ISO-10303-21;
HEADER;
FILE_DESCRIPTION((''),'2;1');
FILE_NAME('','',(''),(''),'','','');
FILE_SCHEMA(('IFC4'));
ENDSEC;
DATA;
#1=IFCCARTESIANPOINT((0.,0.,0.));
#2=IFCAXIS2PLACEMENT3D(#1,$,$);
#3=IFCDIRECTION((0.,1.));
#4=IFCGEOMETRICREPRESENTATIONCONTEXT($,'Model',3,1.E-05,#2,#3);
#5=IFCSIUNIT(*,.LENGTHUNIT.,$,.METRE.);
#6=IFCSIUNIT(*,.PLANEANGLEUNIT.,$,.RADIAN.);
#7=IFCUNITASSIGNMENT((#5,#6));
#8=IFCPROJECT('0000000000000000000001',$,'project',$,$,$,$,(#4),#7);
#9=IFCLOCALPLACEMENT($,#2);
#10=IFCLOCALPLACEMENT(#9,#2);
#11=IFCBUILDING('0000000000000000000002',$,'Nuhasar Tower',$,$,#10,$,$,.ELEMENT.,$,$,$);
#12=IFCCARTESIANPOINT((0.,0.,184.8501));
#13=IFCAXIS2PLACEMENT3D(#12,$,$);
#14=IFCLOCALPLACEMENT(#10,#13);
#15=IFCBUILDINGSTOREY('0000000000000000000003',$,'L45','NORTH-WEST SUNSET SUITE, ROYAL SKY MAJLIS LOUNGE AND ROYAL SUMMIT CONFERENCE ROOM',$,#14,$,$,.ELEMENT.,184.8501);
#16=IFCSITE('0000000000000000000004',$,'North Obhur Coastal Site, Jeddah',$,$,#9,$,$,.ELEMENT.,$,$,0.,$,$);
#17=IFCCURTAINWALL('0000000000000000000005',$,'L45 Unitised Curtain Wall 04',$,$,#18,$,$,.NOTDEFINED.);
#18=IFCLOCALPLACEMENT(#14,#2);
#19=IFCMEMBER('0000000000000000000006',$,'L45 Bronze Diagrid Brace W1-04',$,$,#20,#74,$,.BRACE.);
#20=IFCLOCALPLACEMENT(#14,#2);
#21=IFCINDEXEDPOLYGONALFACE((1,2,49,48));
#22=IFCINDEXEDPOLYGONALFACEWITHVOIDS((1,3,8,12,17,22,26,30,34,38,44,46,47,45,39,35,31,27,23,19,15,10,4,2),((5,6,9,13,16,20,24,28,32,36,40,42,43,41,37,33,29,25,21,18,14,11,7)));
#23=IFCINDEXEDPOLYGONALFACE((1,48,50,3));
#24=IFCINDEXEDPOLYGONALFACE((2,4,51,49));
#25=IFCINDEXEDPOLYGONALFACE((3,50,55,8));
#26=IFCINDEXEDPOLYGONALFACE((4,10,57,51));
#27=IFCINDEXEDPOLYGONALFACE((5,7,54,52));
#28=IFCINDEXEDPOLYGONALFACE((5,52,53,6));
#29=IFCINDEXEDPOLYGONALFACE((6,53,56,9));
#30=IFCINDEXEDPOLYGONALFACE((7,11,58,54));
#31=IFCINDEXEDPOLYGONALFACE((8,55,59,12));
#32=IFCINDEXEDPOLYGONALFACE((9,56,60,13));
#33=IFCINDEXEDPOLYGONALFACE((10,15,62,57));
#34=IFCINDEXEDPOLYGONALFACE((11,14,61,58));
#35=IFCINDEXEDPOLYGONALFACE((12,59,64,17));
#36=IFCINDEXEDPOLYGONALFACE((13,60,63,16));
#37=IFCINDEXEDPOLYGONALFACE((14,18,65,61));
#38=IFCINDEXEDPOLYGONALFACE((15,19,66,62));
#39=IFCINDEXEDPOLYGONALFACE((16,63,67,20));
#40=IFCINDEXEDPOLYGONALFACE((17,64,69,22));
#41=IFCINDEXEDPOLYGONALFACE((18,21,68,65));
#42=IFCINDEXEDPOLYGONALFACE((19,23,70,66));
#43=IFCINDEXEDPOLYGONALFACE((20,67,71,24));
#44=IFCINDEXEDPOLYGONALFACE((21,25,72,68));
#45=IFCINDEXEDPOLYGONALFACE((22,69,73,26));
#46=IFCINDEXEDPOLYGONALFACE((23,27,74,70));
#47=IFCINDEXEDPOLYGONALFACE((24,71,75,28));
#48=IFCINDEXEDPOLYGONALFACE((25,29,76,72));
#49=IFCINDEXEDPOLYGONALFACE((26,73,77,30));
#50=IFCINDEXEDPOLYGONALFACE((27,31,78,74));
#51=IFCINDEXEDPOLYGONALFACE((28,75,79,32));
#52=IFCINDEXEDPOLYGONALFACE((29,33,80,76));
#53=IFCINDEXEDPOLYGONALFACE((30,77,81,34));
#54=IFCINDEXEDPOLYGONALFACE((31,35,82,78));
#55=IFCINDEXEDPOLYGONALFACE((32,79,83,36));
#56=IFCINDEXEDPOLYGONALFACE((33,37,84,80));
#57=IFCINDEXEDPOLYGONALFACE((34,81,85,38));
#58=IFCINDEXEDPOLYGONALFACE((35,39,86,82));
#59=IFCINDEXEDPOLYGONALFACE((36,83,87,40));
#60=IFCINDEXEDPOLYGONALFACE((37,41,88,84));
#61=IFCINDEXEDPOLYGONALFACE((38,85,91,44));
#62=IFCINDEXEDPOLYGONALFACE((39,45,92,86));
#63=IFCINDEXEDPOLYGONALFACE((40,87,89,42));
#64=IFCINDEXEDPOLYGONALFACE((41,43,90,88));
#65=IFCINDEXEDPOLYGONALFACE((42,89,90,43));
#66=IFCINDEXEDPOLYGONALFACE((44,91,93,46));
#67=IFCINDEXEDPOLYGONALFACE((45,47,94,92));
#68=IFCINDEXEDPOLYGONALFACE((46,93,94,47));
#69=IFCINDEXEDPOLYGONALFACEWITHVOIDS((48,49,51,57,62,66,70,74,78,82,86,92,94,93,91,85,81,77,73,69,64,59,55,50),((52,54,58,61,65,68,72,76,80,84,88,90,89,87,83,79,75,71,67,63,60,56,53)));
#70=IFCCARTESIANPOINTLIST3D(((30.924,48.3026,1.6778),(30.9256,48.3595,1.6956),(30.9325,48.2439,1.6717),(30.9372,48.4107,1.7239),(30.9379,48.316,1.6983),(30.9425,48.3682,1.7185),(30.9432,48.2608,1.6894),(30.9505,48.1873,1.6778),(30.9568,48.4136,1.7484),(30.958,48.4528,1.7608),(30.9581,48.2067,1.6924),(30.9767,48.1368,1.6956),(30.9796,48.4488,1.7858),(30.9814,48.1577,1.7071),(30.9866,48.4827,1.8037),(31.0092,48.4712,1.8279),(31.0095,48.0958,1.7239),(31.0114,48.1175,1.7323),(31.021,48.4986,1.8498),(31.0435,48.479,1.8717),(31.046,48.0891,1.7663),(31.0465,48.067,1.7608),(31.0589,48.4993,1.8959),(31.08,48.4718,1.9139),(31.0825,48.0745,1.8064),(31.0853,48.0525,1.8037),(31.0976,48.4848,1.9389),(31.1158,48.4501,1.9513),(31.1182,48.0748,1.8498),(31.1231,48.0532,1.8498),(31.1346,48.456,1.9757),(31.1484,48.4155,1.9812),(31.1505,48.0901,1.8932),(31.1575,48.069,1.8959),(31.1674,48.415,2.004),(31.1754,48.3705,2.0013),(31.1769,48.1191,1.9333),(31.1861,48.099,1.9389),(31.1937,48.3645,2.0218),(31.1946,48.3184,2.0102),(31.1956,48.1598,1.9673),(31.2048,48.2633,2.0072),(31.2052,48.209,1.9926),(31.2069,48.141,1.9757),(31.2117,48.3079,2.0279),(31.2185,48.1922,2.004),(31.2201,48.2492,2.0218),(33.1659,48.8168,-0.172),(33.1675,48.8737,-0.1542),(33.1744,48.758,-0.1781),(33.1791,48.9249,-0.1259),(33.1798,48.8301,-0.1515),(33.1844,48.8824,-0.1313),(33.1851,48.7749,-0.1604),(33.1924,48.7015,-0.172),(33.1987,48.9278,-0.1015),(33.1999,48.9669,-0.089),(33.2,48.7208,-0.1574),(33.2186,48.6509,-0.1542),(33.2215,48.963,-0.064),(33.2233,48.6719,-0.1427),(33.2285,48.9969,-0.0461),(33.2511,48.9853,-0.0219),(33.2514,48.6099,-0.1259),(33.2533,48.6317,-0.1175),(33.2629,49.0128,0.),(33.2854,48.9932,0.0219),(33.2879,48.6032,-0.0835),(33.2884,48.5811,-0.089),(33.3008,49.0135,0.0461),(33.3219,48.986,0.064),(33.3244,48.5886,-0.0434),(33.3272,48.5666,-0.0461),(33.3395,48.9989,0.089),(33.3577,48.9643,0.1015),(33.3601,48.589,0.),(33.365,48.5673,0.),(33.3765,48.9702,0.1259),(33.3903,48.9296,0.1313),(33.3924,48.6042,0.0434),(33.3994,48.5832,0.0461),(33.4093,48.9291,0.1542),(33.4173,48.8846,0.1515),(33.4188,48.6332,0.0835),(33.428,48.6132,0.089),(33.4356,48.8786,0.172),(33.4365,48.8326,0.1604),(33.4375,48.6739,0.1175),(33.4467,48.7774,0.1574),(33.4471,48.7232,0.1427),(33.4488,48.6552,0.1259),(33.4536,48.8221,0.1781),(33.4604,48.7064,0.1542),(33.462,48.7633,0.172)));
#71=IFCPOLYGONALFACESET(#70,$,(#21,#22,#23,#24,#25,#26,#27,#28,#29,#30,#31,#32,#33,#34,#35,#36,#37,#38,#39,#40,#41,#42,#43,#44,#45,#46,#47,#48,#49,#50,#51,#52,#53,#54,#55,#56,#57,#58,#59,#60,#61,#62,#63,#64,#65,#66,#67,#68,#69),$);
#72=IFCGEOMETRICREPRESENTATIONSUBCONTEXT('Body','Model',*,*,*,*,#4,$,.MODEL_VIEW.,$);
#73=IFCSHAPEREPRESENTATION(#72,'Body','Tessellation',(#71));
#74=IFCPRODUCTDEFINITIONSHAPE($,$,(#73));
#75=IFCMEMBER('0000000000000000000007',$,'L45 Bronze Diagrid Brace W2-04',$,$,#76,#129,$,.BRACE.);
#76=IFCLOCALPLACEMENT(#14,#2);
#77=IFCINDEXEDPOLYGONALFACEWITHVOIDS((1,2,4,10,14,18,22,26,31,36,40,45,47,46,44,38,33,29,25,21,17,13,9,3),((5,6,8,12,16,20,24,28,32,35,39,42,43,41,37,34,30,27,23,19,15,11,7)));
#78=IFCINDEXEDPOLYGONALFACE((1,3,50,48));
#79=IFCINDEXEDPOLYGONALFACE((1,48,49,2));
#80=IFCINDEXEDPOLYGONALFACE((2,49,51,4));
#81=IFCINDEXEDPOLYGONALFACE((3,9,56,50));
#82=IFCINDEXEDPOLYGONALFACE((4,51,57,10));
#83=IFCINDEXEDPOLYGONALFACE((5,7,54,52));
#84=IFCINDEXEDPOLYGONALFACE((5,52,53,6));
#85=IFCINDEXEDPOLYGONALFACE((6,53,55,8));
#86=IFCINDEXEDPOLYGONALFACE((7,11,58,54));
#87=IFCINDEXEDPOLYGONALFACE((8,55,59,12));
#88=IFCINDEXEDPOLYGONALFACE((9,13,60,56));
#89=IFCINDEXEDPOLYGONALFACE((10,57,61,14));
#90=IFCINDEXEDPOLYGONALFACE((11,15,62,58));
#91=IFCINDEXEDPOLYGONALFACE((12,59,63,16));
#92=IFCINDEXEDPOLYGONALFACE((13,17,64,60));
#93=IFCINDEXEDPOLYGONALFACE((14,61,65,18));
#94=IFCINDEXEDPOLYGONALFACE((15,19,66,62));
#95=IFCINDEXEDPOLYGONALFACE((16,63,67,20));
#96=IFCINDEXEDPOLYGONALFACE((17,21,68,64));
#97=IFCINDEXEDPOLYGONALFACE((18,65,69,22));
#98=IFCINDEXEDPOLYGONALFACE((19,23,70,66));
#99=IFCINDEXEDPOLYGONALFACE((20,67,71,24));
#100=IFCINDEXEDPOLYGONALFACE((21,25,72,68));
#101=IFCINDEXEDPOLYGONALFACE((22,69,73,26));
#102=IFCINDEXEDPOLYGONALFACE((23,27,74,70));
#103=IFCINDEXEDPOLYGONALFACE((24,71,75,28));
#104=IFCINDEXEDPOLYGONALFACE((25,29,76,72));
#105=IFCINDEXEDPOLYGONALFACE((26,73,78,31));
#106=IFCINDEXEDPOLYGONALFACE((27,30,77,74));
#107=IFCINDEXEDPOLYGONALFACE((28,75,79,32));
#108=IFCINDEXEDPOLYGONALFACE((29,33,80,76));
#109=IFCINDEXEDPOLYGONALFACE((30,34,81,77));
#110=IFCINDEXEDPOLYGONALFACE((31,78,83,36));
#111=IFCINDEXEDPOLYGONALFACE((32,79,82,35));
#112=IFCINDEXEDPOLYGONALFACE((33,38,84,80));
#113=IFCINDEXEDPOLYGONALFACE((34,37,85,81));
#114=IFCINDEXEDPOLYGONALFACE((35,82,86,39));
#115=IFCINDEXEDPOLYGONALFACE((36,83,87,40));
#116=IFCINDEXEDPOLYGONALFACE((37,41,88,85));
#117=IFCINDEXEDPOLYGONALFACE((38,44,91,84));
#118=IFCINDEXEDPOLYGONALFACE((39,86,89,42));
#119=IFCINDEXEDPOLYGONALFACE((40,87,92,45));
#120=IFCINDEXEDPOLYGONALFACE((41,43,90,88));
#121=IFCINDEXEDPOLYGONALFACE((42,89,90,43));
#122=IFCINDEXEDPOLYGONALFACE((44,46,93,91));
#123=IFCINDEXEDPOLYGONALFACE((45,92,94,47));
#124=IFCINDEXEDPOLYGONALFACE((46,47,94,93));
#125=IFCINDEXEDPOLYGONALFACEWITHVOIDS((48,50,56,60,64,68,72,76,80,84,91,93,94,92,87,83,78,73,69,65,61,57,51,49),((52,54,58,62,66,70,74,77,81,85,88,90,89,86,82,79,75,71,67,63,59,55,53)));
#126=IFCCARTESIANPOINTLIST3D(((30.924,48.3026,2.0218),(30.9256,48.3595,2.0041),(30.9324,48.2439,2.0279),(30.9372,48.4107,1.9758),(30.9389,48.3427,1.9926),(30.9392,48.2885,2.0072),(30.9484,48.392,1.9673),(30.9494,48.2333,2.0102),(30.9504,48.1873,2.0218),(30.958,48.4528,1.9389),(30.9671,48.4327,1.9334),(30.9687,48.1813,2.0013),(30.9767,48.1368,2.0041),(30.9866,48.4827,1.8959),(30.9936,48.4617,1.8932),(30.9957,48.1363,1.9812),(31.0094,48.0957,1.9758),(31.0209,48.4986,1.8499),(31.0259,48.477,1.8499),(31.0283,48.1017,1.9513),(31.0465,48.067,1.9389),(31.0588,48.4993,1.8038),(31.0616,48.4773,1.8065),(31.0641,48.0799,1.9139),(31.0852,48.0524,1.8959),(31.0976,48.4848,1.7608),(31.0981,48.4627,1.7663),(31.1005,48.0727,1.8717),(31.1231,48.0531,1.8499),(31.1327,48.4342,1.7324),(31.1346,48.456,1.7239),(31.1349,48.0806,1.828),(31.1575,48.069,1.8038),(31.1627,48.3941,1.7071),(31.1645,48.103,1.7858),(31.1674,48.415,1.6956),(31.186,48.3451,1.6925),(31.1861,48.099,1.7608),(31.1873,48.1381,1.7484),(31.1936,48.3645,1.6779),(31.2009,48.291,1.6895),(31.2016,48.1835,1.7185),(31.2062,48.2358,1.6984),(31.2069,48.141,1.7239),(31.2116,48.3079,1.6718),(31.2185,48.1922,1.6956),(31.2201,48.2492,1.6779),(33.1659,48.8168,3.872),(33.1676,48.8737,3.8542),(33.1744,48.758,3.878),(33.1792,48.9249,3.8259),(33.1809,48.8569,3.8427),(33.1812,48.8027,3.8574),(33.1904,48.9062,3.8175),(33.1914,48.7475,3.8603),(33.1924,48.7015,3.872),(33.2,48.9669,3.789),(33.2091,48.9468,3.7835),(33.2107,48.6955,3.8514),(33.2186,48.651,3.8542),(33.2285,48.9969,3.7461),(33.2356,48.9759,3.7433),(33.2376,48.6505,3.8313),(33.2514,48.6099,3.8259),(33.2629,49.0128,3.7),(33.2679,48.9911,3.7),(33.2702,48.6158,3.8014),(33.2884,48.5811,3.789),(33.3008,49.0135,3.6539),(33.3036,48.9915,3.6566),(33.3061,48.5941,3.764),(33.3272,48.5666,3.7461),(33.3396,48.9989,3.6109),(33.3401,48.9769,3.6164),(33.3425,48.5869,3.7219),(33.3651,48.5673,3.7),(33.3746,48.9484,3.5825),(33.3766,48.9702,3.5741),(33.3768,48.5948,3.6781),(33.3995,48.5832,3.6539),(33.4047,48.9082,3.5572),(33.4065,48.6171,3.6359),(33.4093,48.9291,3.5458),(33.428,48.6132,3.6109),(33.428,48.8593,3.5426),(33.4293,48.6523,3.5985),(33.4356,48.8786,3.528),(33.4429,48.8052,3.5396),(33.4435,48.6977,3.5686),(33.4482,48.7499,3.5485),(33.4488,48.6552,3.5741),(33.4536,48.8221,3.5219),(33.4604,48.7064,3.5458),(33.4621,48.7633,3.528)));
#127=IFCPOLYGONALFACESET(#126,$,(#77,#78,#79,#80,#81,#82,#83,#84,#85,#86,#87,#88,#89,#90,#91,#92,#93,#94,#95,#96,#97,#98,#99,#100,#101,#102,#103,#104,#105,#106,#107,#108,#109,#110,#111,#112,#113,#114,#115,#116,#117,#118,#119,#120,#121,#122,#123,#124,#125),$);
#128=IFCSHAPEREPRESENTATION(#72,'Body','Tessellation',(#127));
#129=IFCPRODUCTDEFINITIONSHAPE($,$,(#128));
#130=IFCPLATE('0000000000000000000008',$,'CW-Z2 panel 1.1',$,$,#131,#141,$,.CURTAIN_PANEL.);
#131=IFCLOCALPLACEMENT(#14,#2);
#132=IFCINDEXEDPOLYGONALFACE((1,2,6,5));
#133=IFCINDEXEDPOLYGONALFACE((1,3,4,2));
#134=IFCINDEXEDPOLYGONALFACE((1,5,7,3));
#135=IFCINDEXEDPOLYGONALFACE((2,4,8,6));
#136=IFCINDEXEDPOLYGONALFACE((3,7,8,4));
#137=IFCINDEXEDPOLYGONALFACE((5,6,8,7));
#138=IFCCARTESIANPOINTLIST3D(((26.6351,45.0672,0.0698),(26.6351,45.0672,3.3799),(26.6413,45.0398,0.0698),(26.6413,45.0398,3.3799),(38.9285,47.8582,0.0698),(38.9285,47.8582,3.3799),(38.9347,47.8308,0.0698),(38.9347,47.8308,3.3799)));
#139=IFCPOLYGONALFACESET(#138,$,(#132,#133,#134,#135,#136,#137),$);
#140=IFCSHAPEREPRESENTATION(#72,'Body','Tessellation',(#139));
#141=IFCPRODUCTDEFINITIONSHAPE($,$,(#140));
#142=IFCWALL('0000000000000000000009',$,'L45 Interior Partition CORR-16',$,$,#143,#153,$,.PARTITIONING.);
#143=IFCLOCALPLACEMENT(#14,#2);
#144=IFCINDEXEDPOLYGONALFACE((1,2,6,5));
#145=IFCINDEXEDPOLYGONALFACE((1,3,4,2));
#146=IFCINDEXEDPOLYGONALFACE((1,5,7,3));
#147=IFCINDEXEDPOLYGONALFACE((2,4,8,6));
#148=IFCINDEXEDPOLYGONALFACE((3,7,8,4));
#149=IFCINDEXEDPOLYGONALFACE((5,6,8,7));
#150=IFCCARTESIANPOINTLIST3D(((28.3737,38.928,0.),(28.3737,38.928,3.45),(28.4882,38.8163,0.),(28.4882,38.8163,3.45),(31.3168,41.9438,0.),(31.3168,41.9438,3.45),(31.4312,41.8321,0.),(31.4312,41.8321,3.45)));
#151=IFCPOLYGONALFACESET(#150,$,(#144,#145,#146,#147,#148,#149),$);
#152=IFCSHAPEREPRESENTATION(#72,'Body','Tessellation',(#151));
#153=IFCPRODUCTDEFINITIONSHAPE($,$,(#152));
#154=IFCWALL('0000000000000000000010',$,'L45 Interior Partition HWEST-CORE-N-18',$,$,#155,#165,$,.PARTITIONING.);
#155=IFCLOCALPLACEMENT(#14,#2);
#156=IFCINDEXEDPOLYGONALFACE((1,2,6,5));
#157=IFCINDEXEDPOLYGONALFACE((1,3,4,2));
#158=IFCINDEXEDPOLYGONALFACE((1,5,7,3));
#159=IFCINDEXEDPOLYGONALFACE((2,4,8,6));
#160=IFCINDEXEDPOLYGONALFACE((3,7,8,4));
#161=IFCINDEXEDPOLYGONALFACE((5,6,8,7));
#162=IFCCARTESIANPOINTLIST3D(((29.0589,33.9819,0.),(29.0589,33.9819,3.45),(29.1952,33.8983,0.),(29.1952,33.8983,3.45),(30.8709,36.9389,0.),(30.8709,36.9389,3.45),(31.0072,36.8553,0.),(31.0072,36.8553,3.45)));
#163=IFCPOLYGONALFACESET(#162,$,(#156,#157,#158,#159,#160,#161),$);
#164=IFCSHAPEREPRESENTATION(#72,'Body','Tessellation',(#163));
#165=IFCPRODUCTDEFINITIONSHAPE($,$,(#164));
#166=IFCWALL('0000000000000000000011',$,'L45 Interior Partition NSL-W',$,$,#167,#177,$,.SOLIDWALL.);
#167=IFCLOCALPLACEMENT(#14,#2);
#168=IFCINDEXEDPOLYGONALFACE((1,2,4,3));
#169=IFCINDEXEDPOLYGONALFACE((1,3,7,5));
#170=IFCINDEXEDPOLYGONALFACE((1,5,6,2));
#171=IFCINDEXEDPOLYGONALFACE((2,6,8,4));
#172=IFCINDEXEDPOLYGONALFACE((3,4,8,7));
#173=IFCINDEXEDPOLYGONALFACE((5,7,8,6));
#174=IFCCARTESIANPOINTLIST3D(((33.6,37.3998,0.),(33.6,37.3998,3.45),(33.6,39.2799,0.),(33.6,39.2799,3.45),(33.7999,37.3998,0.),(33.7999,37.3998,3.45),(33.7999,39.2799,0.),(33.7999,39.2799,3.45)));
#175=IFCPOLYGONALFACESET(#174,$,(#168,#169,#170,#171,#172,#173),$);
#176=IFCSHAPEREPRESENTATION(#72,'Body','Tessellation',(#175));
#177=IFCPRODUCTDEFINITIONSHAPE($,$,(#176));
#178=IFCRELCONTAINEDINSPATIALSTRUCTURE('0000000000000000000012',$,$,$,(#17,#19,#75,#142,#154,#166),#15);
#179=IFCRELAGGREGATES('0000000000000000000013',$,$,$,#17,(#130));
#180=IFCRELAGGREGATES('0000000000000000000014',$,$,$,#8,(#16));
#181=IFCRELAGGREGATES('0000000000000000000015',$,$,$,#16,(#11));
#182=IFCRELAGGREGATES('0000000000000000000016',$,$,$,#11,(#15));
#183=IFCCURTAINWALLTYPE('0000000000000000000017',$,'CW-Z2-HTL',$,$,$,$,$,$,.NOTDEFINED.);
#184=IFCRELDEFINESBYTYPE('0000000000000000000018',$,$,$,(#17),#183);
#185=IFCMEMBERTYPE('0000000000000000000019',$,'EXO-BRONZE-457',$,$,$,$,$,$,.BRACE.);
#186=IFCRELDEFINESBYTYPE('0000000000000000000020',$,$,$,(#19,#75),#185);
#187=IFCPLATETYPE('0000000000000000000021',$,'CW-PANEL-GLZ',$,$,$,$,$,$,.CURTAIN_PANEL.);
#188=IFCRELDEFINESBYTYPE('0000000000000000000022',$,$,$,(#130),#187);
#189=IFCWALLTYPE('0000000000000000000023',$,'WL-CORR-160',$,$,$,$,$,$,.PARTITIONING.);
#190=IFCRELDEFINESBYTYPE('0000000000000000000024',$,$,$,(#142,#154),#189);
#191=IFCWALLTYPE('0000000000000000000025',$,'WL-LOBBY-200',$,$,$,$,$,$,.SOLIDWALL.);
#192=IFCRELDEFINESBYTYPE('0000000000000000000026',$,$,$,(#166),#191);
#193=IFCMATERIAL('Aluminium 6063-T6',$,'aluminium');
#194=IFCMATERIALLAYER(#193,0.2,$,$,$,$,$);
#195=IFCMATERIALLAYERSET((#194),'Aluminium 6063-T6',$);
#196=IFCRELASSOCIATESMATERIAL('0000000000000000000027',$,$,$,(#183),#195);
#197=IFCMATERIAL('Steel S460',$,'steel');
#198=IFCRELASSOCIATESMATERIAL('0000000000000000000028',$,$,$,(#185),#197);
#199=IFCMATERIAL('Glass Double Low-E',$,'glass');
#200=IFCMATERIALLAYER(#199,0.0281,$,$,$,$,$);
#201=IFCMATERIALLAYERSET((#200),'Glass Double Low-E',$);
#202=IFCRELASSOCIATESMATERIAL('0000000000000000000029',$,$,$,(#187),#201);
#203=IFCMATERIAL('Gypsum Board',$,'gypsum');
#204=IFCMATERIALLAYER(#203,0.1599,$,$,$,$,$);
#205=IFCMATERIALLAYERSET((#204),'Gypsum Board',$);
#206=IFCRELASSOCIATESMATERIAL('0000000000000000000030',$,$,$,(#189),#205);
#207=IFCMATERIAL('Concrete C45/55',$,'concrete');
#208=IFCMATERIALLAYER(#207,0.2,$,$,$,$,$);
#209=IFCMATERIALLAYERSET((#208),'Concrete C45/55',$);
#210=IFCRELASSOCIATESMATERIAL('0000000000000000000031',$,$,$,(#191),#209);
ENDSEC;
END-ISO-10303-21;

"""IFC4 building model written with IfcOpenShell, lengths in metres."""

from ifc_helpers import new_model, si_unit, direction, frame, frame_2d, origin, origin_2d, place, context, subcontext, project, spatial, rectangle, hollow_circle, extrude, material, layer, layer_set, material_profile, profile_set, type_object, element, aggregate, save


model = new_model("IFC4")

# Units and contexts
model_context = context("Model", 3, precision=1e-05, world=origin(), true_north=direction((0.0, 1.0)))
body_context = subcontext(model_context, "Body", "Model", "MODEL_VIEW")
ifc_project = project(units=[si_unit("LENGTHUNIT", "METRE"), si_unit("PLANEANGLEUNIT", "RADIAN")], contexts=[model_context])

# Site, building, storey
site_placement = place(None, origin())
site = spatial("IfcSite", under=ifc_project, at=site_placement, Name="North Obhur Coastal Site, Jeddah", CompositionType="ELEMENT", RefElevation=0.0)
building_placement = place(site_placement, origin())
building = spatial("IfcBuilding", under=site, at=building_placement, Name="Nuhasar Tower", CompositionType="ELEMENT")
storey_placement = place(building_placement, frame((0.0, 0.0, 184.8501)))
storey = spatial("IfcBuildingStorey", under=building, at=storey_placement, Name="L45", Description="NORTH-WEST SUNSET SUITE, ROYAL SKY MAJLIS LOUNGE AND ROYAL SUMMIT CONFERENCE ROOM", CompositionType="ELEMENT", Elevation=184.8501)

# Curtain wall
ifc_material_1 = material(Name="Aluminium 6063-T6", Category="aluminium")
ifc_layer_1 = layer(ifc_material_1, 0.2)
ifc_layer_set_1 = layer_set([ifc_layer_1], Name="Aluminium 6063-T6")
curtain_wall_type = type_object("IfcCurtainWallType", Name="CW-Z2-HTL", PredefinedType="NOTDEFINED", material=ifc_layer_set_1)
curtain_wall_placement = place(storey_placement, origin())
curtain_wall = element("IfcCurtainWall", 1, at=curtain_wall_placement, inside=storey, type_object=curtain_wall_type, Name="L45 Unitised Curtain Wall 04", PredefinedType="NOTDEFINED")

# Members
ifc_material_2 = material(Name="Steel S460", Category="steel")
ifc_material_profile_1 = material_profile(ifc_material_2, hollow_circle(Radius=0.2285, WallThickness=0.0222, at=origin_2d()), Name="HSS457X22.2")
ifc_profile_set_1 = profile_set([ifc_material_profile_1], Name="Steel S460")
member_type_1 = type_object("IfcMemberType", Name="EXO-BRONZE-457", PredefinedType="BRACE", material=ifc_profile_set_1)
member_1_placement = place(storey_placement, frame((33.314, 48.79, 0.0), z_axis=(-0.759539, -0.17419, 0.626704), x_axis=(0.223534, -0.974696, 0.0)))
element("IfcMember", 2, at=member_1_placement, inside=storey, type_object=member_type_1, Name="L45 Bronze Diagrid Brace W1-04", PredefinedType="BRACE", context=body_context, shape_type="SweptSolid", body=[
    extrude(hollow_circle(Radius=0.2285, WallThickness=0.0222, at=origin_2d()), origin(), (0.0, 0.0, 1.0), 2.9517),
])
member_2_placement = place(storey_placement, frame((31.072, 48.2759, 1.8499), z_axis=(0.7595, 0.174181, 0.626755), x_axis=(-0.223534, 0.974696, 0.0)))
element("IfcMember", 3, at=member_2_placement, inside=storey, type_object=member_type_1, Name="L45 Bronze Diagrid Brace W2-04", PredefinedType="BRACE", context=body_context, shape_type="SweptSolid", body=[
    extrude(hollow_circle(Radius=0.2285, WallThickness=0.0222, at=origin_2d()), origin(), (0.0, 0.0, 1.0), 2.9519),
])

# Plate
ifc_material_3 = material(Name="Glass Double Low-E", Category="glass")
ifc_layer_2 = layer(ifc_material_3, 0.0281)
ifc_layer_set_2 = layer_set([ifc_layer_2], Name="Glass Double Low-E")
plate_type = type_object("IfcPlateType", Name="CW-PANEL-GLZ", PredefinedType="CURTAIN_PANEL", material=ifc_layer_set_2)
plate_placement = place(storey_placement, frame((32.7849, 46.449, 0.0698), z_axis=(0.0, 0.0, 1.0), x_axis=(-0.975184, -0.221397, 0.0)))
plate = element("IfcPlate", 4, at=plate_placement, type_object=plate_type, Name="CW-Z2 panel 1.1", PredefinedType="CURTAIN_PANEL", context=body_context, shape_type="SweptSolid", body=[
    extrude(rectangle(XDim=12.6062, YDim=0.0281, at=origin_2d()), origin(), (0.0, 0.0, 1.0), 3.3101),
])
aggregate(curtain_wall, [plate])

# Shared definitions
ifc_material_4 = material(Name="Gypsum Board", Category="gypsum")
ifc_layer_3 = layer(ifc_material_4, 0.1599)
ifc_layer_set_3 = layer_set([ifc_layer_3], Name="Gypsum Board")
wall_type_1 = type_object("IfcWallType", Name="WL-CORR-160", PredefinedType="PARTITIONING", material=ifc_layer_set_3)

# Walls
wall_1_placement = place(storey_placement, frame((31.374, 41.8879, 0.0), z_axis=(0.0, 0.0, 1.0), x_axis=(-0.698422, -0.715687, 0.0)))
element("IfcWall", 5, at=wall_1_placement, inside=storey, type_object=wall_type_1, Name="L45 Interior Partition CORR-16", PredefinedType="PARTITIONING", context=body_context, shape_type="SweptSolid", body=[
    extrude(rectangle(XDim=4.2139, YDim=0.1599, at=frame_2d((2.1069, 0.0))), origin(), (0.0, 0.0, 1.0), 3.45),
])
wall_2_placement = place(storey_placement, frame((30.939, 36.897, 0.0), z_axis=(0.0, 0.0, 1.0), x_axis=(-0.522486, -0.852648, 0.0)))
element("IfcWall", 6, at=wall_2_placement, inside=storey, type_object=wall_type_1, Name="L45 Interior Partition HWEST-CORE-N-18", PredefinedType="PARTITIONING", context=body_context, shape_type="SweptSolid", body=[
    extrude(rectangle(XDim=3.468, YDim=0.1599, at=frame_2d((1.7339, 0.0))), origin(), (0.0, 0.0, 1.0), 3.45),
])
ifc_material_5 = material(Name="Concrete C45/55", Category="concrete")
ifc_layer_4 = layer(ifc_material_5, 0.2)
ifc_layer_set_4 = layer_set([ifc_layer_4], Name="Concrete C45/55")
wall_type_2 = type_object("IfcWallType", Name="WL-LOBBY-200", PredefinedType="SOLIDWALL", material=ifc_layer_set_4)
wall_3_placement = place(storey_placement, frame((33.7, 37.3999, 0.0), z_axis=(0.0, 0.0, 1.0), x_axis=(0.0, 1.0, 0.0)))
element("IfcWall", 7, at=wall_3_placement, inside=storey, type_object=wall_type_2, Name="L45 Interior Partition NSL-W", PredefinedType="SOLIDWALL", context=body_context, shape_type="SweptSolid", body=[
    extrude(rectangle(XDim=1.8801, YDim=0.2, at=frame_2d((0.9399, 0.0))), origin(), (0.0, 0.0, 1.0), 3.45),
])

save(model, "model.ifc")
